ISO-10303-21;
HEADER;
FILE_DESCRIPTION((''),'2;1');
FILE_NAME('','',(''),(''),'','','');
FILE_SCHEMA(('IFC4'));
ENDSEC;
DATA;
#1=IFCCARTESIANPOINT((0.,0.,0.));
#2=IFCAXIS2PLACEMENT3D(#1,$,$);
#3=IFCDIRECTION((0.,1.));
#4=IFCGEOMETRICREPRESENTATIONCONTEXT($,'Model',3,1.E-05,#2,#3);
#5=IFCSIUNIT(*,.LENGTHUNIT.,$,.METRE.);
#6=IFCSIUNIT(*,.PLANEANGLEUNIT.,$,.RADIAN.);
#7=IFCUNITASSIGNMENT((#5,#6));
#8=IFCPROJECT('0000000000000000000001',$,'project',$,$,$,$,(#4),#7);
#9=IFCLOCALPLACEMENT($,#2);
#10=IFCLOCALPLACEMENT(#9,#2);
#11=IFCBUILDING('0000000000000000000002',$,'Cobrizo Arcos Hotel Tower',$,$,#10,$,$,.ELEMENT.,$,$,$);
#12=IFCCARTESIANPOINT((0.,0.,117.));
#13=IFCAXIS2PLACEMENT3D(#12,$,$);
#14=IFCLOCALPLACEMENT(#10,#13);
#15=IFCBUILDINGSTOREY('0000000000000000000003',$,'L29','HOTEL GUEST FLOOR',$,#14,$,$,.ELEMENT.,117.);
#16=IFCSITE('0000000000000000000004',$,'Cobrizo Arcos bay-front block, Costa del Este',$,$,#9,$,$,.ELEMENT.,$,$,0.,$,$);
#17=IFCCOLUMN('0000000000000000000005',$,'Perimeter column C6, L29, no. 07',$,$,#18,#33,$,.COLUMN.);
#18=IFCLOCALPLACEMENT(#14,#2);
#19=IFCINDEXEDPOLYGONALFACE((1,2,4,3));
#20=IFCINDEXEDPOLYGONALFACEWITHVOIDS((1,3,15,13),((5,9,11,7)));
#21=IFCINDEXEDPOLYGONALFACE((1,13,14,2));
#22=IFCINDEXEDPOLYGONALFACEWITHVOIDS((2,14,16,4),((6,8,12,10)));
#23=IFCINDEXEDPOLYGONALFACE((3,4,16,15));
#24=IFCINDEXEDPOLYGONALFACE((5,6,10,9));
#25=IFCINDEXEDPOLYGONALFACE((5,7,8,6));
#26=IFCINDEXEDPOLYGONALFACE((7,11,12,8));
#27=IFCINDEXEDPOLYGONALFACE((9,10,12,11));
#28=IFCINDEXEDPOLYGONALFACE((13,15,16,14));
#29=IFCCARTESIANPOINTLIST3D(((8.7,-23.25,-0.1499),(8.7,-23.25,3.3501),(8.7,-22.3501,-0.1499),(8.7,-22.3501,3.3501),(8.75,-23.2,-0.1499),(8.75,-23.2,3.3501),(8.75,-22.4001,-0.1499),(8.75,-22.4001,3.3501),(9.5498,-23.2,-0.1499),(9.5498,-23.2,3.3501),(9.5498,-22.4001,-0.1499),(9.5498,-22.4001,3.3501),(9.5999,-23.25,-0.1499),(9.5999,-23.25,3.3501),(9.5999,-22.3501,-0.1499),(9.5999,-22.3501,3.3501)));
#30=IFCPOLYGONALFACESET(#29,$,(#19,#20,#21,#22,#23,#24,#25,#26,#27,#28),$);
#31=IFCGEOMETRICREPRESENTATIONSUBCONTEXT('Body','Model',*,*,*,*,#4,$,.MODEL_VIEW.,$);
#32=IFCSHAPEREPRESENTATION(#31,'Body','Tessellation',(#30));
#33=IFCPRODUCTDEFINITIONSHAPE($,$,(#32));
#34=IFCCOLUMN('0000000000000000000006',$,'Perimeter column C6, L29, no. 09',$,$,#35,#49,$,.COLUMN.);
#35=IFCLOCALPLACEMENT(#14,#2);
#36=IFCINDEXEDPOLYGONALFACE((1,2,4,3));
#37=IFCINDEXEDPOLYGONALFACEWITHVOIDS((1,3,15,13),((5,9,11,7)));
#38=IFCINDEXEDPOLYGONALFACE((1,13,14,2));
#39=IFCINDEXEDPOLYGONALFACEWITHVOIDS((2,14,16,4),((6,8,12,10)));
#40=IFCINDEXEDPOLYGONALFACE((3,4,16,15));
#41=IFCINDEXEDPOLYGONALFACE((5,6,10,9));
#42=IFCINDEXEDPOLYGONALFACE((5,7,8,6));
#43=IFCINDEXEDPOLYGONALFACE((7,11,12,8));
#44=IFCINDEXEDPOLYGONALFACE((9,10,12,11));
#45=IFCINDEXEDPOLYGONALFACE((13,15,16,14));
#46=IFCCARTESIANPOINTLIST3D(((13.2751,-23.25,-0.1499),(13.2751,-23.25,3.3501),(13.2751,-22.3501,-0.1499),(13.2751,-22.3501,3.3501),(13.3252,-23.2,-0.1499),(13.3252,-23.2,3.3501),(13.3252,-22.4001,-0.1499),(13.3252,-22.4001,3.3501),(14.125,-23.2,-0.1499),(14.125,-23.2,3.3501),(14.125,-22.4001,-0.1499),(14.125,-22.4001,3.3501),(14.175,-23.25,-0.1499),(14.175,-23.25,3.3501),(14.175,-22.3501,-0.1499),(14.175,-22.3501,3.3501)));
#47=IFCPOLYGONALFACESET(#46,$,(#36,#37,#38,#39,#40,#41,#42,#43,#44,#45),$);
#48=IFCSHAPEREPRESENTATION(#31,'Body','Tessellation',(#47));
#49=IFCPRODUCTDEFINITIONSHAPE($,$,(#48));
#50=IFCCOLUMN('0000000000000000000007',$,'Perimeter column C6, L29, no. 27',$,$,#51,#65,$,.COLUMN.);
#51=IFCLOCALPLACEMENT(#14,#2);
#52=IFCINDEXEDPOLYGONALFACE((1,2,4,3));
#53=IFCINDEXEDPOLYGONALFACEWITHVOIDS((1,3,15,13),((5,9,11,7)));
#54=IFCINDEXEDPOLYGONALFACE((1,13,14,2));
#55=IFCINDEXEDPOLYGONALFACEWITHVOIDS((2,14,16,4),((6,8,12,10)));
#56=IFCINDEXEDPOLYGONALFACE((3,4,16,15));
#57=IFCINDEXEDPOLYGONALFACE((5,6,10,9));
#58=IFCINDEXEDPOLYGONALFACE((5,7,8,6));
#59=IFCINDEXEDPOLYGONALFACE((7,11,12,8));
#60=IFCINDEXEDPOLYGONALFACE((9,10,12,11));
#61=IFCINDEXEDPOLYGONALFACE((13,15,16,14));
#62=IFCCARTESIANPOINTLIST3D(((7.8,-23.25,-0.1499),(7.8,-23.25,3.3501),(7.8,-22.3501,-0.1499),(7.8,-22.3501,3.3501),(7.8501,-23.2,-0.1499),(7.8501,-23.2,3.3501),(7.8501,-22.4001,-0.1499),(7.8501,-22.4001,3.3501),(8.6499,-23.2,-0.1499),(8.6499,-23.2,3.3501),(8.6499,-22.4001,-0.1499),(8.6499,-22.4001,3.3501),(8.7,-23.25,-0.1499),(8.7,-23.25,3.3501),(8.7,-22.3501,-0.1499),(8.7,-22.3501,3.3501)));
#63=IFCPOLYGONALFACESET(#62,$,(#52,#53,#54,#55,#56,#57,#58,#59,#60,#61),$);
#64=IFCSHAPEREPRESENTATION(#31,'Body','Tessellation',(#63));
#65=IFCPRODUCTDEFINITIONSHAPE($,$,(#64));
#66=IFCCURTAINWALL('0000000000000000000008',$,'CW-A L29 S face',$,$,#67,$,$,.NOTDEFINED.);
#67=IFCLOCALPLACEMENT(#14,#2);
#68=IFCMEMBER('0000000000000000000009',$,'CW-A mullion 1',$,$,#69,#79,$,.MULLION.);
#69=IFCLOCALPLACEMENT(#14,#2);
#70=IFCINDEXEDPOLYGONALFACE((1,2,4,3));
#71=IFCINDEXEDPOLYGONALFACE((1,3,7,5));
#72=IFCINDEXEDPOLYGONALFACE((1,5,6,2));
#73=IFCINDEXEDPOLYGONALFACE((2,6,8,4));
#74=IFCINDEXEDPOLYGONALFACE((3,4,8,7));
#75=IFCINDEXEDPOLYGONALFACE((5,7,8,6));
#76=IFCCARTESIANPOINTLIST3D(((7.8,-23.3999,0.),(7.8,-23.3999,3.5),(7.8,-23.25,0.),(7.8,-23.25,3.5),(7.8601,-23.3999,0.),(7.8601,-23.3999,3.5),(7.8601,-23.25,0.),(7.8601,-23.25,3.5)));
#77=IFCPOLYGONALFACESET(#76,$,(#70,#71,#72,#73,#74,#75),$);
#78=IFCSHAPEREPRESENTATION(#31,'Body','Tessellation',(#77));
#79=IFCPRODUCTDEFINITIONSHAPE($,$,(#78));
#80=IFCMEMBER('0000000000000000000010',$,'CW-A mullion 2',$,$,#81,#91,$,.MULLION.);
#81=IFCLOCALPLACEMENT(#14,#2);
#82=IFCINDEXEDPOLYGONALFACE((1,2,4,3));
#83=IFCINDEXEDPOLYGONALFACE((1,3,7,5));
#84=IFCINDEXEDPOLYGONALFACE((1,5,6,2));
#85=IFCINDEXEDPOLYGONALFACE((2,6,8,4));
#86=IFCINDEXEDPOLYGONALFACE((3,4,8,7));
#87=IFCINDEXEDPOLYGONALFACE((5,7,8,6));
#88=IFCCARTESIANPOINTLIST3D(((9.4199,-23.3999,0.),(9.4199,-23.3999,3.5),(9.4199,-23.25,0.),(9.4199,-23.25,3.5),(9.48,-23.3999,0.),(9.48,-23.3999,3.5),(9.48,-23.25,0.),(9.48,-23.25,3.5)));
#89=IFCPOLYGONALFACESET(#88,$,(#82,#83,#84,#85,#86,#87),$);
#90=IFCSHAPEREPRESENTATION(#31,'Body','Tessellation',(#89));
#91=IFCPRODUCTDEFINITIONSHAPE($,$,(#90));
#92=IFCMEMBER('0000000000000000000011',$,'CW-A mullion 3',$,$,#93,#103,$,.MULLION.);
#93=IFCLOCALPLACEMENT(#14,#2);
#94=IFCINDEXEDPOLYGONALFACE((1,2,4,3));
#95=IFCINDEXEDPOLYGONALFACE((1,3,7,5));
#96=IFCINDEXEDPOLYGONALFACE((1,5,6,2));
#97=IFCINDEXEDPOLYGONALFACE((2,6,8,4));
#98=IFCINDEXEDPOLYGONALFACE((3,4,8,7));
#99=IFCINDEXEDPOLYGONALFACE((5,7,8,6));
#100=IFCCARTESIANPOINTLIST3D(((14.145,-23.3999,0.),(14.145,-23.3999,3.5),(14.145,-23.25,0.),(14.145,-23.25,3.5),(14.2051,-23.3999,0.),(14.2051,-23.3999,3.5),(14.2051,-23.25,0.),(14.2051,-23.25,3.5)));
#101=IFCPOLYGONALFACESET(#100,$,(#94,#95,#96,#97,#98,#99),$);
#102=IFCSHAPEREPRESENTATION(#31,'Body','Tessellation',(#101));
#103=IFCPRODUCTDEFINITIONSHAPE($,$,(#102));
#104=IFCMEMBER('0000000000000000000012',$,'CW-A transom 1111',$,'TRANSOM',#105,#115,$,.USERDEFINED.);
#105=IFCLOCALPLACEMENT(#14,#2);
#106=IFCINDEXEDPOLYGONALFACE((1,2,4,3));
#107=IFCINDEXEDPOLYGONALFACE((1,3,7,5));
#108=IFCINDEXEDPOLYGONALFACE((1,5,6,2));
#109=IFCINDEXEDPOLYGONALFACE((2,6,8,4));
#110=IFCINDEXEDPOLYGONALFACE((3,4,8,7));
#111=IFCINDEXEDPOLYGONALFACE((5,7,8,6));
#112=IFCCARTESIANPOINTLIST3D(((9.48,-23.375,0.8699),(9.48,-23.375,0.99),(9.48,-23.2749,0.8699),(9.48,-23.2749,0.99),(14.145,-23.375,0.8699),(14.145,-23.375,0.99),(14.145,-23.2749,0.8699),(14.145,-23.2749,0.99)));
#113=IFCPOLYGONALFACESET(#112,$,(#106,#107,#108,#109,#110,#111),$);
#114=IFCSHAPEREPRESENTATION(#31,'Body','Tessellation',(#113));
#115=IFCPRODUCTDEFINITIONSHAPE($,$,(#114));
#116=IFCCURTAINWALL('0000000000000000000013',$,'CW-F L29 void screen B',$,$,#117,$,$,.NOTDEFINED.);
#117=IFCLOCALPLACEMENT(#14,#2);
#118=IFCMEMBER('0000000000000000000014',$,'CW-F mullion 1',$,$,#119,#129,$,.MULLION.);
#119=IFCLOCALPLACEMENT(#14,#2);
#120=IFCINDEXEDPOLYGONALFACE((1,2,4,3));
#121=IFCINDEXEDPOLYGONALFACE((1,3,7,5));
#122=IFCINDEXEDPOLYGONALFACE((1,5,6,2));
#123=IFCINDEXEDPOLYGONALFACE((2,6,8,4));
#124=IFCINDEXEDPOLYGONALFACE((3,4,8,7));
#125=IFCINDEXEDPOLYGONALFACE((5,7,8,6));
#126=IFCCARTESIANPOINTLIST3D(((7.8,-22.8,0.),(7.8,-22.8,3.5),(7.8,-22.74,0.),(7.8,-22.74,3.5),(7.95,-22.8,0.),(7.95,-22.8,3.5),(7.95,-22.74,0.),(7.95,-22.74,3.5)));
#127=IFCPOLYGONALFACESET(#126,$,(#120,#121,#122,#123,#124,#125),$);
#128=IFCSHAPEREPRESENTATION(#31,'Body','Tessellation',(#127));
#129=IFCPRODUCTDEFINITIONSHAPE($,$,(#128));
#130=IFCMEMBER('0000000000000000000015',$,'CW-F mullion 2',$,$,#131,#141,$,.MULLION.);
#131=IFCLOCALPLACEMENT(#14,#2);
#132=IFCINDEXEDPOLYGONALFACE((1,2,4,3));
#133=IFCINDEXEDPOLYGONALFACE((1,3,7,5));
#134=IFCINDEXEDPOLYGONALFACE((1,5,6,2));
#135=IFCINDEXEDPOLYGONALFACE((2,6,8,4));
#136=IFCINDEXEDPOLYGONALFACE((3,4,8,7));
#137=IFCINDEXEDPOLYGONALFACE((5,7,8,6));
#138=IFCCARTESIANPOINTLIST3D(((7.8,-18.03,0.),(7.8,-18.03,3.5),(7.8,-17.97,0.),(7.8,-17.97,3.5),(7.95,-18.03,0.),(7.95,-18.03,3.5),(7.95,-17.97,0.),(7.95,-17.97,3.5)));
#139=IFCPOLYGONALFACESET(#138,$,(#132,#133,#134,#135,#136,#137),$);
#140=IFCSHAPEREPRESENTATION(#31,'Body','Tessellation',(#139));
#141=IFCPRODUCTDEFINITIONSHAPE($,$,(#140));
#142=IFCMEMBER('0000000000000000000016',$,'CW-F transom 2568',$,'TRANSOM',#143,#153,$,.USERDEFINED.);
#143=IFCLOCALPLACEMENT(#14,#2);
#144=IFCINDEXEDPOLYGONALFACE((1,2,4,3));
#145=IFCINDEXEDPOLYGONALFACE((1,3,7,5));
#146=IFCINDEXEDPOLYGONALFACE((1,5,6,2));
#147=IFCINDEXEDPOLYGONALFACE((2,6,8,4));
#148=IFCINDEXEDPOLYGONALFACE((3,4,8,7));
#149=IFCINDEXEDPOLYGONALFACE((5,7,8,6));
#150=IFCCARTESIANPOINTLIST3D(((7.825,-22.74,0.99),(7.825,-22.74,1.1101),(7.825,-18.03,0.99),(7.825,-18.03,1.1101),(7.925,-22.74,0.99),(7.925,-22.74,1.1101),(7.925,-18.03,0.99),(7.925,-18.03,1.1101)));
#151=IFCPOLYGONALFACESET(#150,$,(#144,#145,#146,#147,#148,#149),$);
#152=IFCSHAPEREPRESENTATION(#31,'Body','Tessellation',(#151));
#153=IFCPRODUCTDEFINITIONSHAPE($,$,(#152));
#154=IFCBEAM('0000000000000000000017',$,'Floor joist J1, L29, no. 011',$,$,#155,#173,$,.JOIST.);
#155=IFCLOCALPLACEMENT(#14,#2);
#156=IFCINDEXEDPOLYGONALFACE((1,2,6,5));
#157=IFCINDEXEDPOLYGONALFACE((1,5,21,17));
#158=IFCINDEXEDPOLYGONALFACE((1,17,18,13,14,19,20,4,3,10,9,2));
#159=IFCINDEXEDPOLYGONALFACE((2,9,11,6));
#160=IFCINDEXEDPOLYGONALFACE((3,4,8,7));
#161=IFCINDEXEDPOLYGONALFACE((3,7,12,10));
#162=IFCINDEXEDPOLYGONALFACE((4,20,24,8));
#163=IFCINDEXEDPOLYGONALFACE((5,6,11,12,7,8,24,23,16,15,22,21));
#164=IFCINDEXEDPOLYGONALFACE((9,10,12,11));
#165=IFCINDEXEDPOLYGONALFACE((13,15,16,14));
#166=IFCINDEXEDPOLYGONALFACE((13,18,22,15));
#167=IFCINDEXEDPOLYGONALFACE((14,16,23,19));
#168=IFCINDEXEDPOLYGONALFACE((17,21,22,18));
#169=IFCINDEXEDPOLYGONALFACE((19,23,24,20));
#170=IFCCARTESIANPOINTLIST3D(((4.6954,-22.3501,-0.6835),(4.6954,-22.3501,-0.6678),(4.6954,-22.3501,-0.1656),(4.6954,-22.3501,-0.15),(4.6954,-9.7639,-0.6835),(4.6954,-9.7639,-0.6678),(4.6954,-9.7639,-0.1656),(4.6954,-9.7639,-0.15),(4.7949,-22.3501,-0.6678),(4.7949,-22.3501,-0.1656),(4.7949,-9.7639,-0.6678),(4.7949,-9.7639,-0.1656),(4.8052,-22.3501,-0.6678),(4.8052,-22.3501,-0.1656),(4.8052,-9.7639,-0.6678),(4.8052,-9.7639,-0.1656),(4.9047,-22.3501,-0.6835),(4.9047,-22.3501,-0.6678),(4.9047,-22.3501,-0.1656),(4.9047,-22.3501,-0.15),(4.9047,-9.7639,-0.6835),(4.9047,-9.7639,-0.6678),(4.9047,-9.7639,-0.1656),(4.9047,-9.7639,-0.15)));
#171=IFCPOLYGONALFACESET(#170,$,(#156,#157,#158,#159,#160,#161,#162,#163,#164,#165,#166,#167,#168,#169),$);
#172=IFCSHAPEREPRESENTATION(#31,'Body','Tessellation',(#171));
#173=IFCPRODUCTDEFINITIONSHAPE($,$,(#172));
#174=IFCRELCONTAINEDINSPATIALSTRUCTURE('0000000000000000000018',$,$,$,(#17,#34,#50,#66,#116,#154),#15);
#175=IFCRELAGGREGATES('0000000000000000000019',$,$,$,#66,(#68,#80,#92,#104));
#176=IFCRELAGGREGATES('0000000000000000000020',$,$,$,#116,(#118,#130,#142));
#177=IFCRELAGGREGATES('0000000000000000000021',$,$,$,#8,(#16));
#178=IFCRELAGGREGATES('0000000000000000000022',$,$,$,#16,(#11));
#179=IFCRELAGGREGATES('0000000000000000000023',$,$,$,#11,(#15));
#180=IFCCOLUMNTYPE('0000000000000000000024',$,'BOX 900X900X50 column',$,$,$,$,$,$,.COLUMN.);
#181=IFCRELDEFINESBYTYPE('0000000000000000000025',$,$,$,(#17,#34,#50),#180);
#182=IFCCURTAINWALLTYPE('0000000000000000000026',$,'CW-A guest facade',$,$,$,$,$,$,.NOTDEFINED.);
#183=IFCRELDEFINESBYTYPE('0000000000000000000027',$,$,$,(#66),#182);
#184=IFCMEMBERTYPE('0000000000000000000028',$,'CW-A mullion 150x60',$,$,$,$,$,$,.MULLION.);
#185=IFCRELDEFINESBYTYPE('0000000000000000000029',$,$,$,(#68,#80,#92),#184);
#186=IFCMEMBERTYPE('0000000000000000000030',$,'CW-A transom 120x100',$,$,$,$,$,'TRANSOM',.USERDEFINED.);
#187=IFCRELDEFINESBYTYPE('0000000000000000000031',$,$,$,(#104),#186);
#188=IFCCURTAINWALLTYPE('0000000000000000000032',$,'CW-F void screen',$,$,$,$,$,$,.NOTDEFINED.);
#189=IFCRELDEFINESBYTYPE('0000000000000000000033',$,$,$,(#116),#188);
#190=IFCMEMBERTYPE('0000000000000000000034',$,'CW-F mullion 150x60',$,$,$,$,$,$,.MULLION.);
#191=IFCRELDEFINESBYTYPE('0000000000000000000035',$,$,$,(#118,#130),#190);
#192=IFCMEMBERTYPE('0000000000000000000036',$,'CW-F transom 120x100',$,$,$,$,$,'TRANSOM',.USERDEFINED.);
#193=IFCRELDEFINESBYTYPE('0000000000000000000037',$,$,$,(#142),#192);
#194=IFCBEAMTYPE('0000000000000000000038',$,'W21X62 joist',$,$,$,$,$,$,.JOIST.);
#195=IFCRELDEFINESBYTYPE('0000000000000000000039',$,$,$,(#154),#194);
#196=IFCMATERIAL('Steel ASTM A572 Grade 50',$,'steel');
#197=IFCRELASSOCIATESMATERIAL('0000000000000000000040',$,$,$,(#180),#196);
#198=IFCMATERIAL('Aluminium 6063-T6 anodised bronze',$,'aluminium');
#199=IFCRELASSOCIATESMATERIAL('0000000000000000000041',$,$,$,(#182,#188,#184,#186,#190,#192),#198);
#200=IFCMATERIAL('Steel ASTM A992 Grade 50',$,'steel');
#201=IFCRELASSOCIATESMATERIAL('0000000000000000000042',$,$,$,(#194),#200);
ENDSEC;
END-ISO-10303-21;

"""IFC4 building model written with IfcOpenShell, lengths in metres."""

from ifc_helpers import new_model, si_unit, direction, frame, origin, origin_2d, place, context, subcontext, project, spatial, rectangle, hollow_rectangle, i_section, extrude, material, material_profile, profile_set, type_object, element, aggregate, save


model = new_model("IFC4")

# Units and contexts
model_context = context("Model", 3, precision=1e-05, world=origin(), true_north=direction((0.0, 1.0)))
body_context = subcontext(model_context, "Body", "Model", "MODEL_VIEW")
ifc_project = project(units=[si_unit("LENGTHUNIT", "METRE"), si_unit("PLANEANGLEUNIT", "RADIAN")], contexts=[model_context])

# Site, building, storey
site_placement = place(None, origin())
site = spatial("IfcSite", under=ifc_project, at=site_placement, Name="Cobrizo Arcos bay-front block, Costa del Este", CompositionType="ELEMENT", RefElevation=0.0)
building_placement = place(site_placement, origin())
building = spatial("IfcBuilding", under=site, at=building_placement, Name="Cobrizo Arcos Hotel Tower", CompositionType="ELEMENT")
storey_placement = place(building_placement, frame((0.0, 0.0, 117.0)))
storey = spatial("IfcBuildingStorey", under=building, at=storey_placement, Name="L29", Description="HOTEL GUEST FLOOR", CompositionType="ELEMENT", Elevation=117.0)

# Columns
ifc_material_1 = material(Name="Steel ASTM A572 Grade 50", Category="steel")
ifc_material_profile_1 = material_profile(ifc_material_1, hollow_rectangle(XDim=0.8999, YDim=0.8999, WallThickness=0.05, at=origin_2d()), Name="BOX 900X900X50")
ifc_profile_set_1 = profile_set([ifc_material_profile_1], Name="Steel ASTM A572 Grade 50")
column_type = type_object("IfcColumnType", Name="BOX 900X900X50 column", PredefinedType="COLUMN", material=ifc_profile_set_1)
for number, where, z_axis, x_axis, name in (
    (1, (9.1499, -22.8, -0.1499), (0.0, 0.0, 1.0), (1.0, 0.0, 0.0), "Perimeter column C6, L29, no. 07"),
    (2, (13.7251, -22.8, -0.1499), (0.0, 0.0, 1.0), (1.0, 0.0, 0.0), "Perimeter column C6, L29, no. 09"),
    (3, (8.25, -22.8, -0.1499), (0.0, 0.0, 1.0), (1.0, 0.0, 0.0), "Perimeter column C6, L29, no. 27"),
):
    element("IfcColumn", number, at=place(storey_placement, frame(where, z_axis=z_axis, x_axis=x_axis)), inside=storey, type_object=column_type, Name=name, PredefinedType="COLUMN", context=body_context, shape_type="SweptSolid", body=[
        extrude(hollow_rectangle(XDim=0.8999, YDim=0.8999, WallThickness=0.05, at=origin_2d()), origin(), (0.0, 0.0, 1.0), 3.5),
    ])

# Curtain walls, members
ifc_material_2 = material(Name="Aluminium 6063-T6 anodised bronze", Category="aluminium")
curtain_wall_type_1 = type_object("IfcCurtainWallType", Name="CW-A guest facade", PredefinedType="NOTDEFINED", material=ifc_material_2)
curtain_wall_1_placement = place(storey_placement, origin())
curtain_wall_1 = element("IfcCurtainWall", 4, at=curtain_wall_1_placement, inside=storey, type_object=curtain_wall_type_1, Name="CW-A L29 S face", PredefinedType="NOTDEFINED")
ifc_material_profile_2 = material_profile(ifc_material_2, rectangle(XDim=0.1499, YDim=0.0601, at=origin_2d()), Name="CW-A mullion 150x60")
ifc_profile_set_2 = profile_set([ifc_material_profile_2], Name="Aluminium 6063-T6 anodised bronze")
member_type_1 = type_object("IfcMemberType", Name="CW-A mullion 150x60", PredefinedType="MULLION", material=ifc_profile_set_2)
member_1_placement = place(storey_placement, frame((7.8301, -23.325, 0.0), z_axis=(0.0, 0.0, 1.0), x_axis=(0.0, -1.0, 0.0)))
member_1 = element("IfcMember", 5, at=member_1_placement, type_object=member_type_1, Name="CW-A mullion 1", PredefinedType="MULLION", context=body_context, shape_type="SweptSolid", body=[
    extrude(rectangle(XDim=0.1499, YDim=0.0601, at=origin_2d()), origin(), (0.0, 0.0, 1.0), 3.5),
])
member_2_placement = place(storey_placement, frame((9.45, -23.325, 0.0), z_axis=(0.0, 0.0, 1.0), x_axis=(0.0, -1.0, 0.0)))
member_2 = element("IfcMember", 6, at=member_2_placement, type_object=member_type_1, Name="CW-A mullion 2", PredefinedType="MULLION", context=body_context, shape_type="SweptSolid", body=[
    extrude(rectangle(XDim=0.1499, YDim=0.0601, at=origin_2d()), origin(), (0.0, 0.0, 1.0), 3.5),
])
member_3_placement = place(storey_placement, frame((14.175, -23.325, 0.0), z_axis=(0.0, 0.0, 1.0), x_axis=(0.0, -1.0, 0.0)))
member_3 = element("IfcMember", 7, at=member_3_placement, type_object=member_type_1, Name="CW-A mullion 3", PredefinedType="MULLION", context=body_context, shape_type="SweptSolid", body=[
    extrude(rectangle(XDim=0.1499, YDim=0.0601, at=origin_2d()), origin(), (0.0, 0.0, 1.0), 3.5),
])
ifc_material_profile_3 = material_profile(ifc_material_2, rectangle(XDim=0.1001, YDim=0.1201, at=origin_2d()), Name="CW-A transom 120x100")
ifc_profile_set_3 = profile_set([ifc_material_profile_3], Name="Aluminium 6063-T6 anodised bronze")
member_type_2 = type_object("IfcMemberType", Name="CW-A transom 120x100", ElementType="TRANSOM", PredefinedType="USERDEFINED", material=ifc_profile_set_3)
member_4_placement = place(storey_placement, frame((9.48, -23.325, 0.9299), z_axis=(1.0, 0.0, 0.0), x_axis=(0.0, 1.0, 0.0)))
member_4 = element("IfcMember", 8, at=member_4_placement, type_object=member_type_2, Name="CW-A transom 1111", ObjectType="TRANSOM", PredefinedType="USERDEFINED", context=body_context, shape_type="SweptSolid", body=[
    extrude(rectangle(XDim=0.1001, YDim=0.1201, at=origin_2d()), origin(), (0.0, 0.0, 1.0), 4.665),
])
curtain_wall_type_2 = type_object("IfcCurtainWallType", Name="CW-F void screen", PredefinedType="NOTDEFINED", material=ifc_material_2)
curtain_wall_2_placement = place(storey_placement, origin())
curtain_wall_2 = element("IfcCurtainWall", 9, at=curtain_wall_2_placement, inside=storey, type_object=curtain_wall_type_2, Name="CW-F L29 void screen B", PredefinedType="NOTDEFINED")
ifc_material_profile_4 = material_profile(ifc_material_2, rectangle(XDim=0.1499, YDim=0.0601, at=origin_2d()), Name="CW-F mullion 150x60")
ifc_profile_set_4 = profile_set([ifc_material_profile_4], Name="Aluminium 6063-T6 anodised bronze")
member_type_3 = type_object("IfcMemberType", Name="CW-F mullion 150x60", PredefinedType="MULLION", material=ifc_profile_set_4)
member_5_placement = place(storey_placement, frame((7.875, -22.77, 0.0), z_axis=(0.0, 0.0, 1.0), x_axis=(1.0, 0.0, 0.0)))
member_5 = element("IfcMember", 10, at=member_5_placement, type_object=member_type_3, Name="CW-F mullion 1", PredefinedType="MULLION", context=body_context, shape_type="SweptSolid", body=[
    extrude(rectangle(XDim=0.1499, YDim=0.0601, at=origin_2d()), origin(), (0.0, 0.0, 1.0), 3.5),
])
member_6_placement = place(storey_placement, frame((7.875, -18.0, 0.0), z_axis=(0.0, 0.0, 1.0), x_axis=(1.0, 0.0, 0.0)))
member_6 = element("IfcMember", 11, at=member_6_placement, type_object=member_type_3, Name="CW-F mullion 2", PredefinedType="MULLION", context=body_context, shape_type="SweptSolid", body=[
    extrude(rectangle(XDim=0.1499, YDim=0.0601, at=origin_2d()), origin(), (0.0, 0.0, 1.0), 3.5),
])
ifc_material_profile_5 = material_profile(ifc_material_2, rectangle(XDim=0.1001, YDim=0.1201, at=origin_2d()), Name="CW-F transom 120x100")
ifc_profile_set_5 = profile_set([ifc_material_profile_5], Name="Aluminium 6063-T6 anodised bronze")
member_type_4 = type_object("IfcMemberType", Name="CW-F transom 120x100", ElementType="TRANSOM", PredefinedType="USERDEFINED", material=ifc_profile_set_5)
member_7_placement = place(storey_placement, frame((7.875, -22.74, 1.05), z_axis=(0.0, 1.0, 0.0), x_axis=(-1.0, 0.0, 0.0)))
member_7 = element("IfcMember", 12, at=member_7_placement, type_object=member_type_4, Name="CW-F transom 2568", ObjectType="TRANSOM", PredefinedType="USERDEFINED", context=body_context, shape_type="SweptSolid", body=[
    extrude(rectangle(XDim=0.1001, YDim=0.1201, at=origin_2d()), origin(), (0.0, 0.0, 1.0), 4.71),
])

# Beam
ifc_material_3 = material(Name="Steel ASTM A992 Grade 50", Category="steel")
ifc_material_profile_6 = material_profile(ifc_material_3, i_section(OverallWidth=0.2092, OverallDepth=0.5334, WebThickness=0.0103, FlangeThickness=0.0156, at=origin_2d()), Name="W21X62")
ifc_profile_set_6 = profile_set([ifc_material_profile_6], Name="Steel ASTM A992 Grade 50")
beam_type_1 = type_object("IfcBeamType", Name="W21X62 joist", PredefinedType="JOIST", material=ifc_profile_set_6)
beam_1_placement = place(storey_placement, frame((4.8, -22.3501, -0.4167), z_axis=(0.0, 1.0, 0.0), x_axis=(-1.0, 0.0, 0.0)))
element("IfcBeam", 13, at=beam_1_placement, inside=storey, type_object=beam_type_1, Name="Floor joist J1, L29, no. 011", PredefinedType="JOIST", context=body_context, shape_type="SweptSolid", body=[
    extrude(i_section(OverallWidth=0.2092, OverallDepth=0.5334, WebThickness=0.0103, FlangeThickness=0.0156, at=origin_2d()), origin(), (0.0, 0.0, 1.0), 12.5862),
])

aggregate(curtain_wall_1, [member_1, member_2, member_3, member_4])
aggregate(curtain_wall_2, [member_5, member_6, member_7])

save(model, "model.ifc")
